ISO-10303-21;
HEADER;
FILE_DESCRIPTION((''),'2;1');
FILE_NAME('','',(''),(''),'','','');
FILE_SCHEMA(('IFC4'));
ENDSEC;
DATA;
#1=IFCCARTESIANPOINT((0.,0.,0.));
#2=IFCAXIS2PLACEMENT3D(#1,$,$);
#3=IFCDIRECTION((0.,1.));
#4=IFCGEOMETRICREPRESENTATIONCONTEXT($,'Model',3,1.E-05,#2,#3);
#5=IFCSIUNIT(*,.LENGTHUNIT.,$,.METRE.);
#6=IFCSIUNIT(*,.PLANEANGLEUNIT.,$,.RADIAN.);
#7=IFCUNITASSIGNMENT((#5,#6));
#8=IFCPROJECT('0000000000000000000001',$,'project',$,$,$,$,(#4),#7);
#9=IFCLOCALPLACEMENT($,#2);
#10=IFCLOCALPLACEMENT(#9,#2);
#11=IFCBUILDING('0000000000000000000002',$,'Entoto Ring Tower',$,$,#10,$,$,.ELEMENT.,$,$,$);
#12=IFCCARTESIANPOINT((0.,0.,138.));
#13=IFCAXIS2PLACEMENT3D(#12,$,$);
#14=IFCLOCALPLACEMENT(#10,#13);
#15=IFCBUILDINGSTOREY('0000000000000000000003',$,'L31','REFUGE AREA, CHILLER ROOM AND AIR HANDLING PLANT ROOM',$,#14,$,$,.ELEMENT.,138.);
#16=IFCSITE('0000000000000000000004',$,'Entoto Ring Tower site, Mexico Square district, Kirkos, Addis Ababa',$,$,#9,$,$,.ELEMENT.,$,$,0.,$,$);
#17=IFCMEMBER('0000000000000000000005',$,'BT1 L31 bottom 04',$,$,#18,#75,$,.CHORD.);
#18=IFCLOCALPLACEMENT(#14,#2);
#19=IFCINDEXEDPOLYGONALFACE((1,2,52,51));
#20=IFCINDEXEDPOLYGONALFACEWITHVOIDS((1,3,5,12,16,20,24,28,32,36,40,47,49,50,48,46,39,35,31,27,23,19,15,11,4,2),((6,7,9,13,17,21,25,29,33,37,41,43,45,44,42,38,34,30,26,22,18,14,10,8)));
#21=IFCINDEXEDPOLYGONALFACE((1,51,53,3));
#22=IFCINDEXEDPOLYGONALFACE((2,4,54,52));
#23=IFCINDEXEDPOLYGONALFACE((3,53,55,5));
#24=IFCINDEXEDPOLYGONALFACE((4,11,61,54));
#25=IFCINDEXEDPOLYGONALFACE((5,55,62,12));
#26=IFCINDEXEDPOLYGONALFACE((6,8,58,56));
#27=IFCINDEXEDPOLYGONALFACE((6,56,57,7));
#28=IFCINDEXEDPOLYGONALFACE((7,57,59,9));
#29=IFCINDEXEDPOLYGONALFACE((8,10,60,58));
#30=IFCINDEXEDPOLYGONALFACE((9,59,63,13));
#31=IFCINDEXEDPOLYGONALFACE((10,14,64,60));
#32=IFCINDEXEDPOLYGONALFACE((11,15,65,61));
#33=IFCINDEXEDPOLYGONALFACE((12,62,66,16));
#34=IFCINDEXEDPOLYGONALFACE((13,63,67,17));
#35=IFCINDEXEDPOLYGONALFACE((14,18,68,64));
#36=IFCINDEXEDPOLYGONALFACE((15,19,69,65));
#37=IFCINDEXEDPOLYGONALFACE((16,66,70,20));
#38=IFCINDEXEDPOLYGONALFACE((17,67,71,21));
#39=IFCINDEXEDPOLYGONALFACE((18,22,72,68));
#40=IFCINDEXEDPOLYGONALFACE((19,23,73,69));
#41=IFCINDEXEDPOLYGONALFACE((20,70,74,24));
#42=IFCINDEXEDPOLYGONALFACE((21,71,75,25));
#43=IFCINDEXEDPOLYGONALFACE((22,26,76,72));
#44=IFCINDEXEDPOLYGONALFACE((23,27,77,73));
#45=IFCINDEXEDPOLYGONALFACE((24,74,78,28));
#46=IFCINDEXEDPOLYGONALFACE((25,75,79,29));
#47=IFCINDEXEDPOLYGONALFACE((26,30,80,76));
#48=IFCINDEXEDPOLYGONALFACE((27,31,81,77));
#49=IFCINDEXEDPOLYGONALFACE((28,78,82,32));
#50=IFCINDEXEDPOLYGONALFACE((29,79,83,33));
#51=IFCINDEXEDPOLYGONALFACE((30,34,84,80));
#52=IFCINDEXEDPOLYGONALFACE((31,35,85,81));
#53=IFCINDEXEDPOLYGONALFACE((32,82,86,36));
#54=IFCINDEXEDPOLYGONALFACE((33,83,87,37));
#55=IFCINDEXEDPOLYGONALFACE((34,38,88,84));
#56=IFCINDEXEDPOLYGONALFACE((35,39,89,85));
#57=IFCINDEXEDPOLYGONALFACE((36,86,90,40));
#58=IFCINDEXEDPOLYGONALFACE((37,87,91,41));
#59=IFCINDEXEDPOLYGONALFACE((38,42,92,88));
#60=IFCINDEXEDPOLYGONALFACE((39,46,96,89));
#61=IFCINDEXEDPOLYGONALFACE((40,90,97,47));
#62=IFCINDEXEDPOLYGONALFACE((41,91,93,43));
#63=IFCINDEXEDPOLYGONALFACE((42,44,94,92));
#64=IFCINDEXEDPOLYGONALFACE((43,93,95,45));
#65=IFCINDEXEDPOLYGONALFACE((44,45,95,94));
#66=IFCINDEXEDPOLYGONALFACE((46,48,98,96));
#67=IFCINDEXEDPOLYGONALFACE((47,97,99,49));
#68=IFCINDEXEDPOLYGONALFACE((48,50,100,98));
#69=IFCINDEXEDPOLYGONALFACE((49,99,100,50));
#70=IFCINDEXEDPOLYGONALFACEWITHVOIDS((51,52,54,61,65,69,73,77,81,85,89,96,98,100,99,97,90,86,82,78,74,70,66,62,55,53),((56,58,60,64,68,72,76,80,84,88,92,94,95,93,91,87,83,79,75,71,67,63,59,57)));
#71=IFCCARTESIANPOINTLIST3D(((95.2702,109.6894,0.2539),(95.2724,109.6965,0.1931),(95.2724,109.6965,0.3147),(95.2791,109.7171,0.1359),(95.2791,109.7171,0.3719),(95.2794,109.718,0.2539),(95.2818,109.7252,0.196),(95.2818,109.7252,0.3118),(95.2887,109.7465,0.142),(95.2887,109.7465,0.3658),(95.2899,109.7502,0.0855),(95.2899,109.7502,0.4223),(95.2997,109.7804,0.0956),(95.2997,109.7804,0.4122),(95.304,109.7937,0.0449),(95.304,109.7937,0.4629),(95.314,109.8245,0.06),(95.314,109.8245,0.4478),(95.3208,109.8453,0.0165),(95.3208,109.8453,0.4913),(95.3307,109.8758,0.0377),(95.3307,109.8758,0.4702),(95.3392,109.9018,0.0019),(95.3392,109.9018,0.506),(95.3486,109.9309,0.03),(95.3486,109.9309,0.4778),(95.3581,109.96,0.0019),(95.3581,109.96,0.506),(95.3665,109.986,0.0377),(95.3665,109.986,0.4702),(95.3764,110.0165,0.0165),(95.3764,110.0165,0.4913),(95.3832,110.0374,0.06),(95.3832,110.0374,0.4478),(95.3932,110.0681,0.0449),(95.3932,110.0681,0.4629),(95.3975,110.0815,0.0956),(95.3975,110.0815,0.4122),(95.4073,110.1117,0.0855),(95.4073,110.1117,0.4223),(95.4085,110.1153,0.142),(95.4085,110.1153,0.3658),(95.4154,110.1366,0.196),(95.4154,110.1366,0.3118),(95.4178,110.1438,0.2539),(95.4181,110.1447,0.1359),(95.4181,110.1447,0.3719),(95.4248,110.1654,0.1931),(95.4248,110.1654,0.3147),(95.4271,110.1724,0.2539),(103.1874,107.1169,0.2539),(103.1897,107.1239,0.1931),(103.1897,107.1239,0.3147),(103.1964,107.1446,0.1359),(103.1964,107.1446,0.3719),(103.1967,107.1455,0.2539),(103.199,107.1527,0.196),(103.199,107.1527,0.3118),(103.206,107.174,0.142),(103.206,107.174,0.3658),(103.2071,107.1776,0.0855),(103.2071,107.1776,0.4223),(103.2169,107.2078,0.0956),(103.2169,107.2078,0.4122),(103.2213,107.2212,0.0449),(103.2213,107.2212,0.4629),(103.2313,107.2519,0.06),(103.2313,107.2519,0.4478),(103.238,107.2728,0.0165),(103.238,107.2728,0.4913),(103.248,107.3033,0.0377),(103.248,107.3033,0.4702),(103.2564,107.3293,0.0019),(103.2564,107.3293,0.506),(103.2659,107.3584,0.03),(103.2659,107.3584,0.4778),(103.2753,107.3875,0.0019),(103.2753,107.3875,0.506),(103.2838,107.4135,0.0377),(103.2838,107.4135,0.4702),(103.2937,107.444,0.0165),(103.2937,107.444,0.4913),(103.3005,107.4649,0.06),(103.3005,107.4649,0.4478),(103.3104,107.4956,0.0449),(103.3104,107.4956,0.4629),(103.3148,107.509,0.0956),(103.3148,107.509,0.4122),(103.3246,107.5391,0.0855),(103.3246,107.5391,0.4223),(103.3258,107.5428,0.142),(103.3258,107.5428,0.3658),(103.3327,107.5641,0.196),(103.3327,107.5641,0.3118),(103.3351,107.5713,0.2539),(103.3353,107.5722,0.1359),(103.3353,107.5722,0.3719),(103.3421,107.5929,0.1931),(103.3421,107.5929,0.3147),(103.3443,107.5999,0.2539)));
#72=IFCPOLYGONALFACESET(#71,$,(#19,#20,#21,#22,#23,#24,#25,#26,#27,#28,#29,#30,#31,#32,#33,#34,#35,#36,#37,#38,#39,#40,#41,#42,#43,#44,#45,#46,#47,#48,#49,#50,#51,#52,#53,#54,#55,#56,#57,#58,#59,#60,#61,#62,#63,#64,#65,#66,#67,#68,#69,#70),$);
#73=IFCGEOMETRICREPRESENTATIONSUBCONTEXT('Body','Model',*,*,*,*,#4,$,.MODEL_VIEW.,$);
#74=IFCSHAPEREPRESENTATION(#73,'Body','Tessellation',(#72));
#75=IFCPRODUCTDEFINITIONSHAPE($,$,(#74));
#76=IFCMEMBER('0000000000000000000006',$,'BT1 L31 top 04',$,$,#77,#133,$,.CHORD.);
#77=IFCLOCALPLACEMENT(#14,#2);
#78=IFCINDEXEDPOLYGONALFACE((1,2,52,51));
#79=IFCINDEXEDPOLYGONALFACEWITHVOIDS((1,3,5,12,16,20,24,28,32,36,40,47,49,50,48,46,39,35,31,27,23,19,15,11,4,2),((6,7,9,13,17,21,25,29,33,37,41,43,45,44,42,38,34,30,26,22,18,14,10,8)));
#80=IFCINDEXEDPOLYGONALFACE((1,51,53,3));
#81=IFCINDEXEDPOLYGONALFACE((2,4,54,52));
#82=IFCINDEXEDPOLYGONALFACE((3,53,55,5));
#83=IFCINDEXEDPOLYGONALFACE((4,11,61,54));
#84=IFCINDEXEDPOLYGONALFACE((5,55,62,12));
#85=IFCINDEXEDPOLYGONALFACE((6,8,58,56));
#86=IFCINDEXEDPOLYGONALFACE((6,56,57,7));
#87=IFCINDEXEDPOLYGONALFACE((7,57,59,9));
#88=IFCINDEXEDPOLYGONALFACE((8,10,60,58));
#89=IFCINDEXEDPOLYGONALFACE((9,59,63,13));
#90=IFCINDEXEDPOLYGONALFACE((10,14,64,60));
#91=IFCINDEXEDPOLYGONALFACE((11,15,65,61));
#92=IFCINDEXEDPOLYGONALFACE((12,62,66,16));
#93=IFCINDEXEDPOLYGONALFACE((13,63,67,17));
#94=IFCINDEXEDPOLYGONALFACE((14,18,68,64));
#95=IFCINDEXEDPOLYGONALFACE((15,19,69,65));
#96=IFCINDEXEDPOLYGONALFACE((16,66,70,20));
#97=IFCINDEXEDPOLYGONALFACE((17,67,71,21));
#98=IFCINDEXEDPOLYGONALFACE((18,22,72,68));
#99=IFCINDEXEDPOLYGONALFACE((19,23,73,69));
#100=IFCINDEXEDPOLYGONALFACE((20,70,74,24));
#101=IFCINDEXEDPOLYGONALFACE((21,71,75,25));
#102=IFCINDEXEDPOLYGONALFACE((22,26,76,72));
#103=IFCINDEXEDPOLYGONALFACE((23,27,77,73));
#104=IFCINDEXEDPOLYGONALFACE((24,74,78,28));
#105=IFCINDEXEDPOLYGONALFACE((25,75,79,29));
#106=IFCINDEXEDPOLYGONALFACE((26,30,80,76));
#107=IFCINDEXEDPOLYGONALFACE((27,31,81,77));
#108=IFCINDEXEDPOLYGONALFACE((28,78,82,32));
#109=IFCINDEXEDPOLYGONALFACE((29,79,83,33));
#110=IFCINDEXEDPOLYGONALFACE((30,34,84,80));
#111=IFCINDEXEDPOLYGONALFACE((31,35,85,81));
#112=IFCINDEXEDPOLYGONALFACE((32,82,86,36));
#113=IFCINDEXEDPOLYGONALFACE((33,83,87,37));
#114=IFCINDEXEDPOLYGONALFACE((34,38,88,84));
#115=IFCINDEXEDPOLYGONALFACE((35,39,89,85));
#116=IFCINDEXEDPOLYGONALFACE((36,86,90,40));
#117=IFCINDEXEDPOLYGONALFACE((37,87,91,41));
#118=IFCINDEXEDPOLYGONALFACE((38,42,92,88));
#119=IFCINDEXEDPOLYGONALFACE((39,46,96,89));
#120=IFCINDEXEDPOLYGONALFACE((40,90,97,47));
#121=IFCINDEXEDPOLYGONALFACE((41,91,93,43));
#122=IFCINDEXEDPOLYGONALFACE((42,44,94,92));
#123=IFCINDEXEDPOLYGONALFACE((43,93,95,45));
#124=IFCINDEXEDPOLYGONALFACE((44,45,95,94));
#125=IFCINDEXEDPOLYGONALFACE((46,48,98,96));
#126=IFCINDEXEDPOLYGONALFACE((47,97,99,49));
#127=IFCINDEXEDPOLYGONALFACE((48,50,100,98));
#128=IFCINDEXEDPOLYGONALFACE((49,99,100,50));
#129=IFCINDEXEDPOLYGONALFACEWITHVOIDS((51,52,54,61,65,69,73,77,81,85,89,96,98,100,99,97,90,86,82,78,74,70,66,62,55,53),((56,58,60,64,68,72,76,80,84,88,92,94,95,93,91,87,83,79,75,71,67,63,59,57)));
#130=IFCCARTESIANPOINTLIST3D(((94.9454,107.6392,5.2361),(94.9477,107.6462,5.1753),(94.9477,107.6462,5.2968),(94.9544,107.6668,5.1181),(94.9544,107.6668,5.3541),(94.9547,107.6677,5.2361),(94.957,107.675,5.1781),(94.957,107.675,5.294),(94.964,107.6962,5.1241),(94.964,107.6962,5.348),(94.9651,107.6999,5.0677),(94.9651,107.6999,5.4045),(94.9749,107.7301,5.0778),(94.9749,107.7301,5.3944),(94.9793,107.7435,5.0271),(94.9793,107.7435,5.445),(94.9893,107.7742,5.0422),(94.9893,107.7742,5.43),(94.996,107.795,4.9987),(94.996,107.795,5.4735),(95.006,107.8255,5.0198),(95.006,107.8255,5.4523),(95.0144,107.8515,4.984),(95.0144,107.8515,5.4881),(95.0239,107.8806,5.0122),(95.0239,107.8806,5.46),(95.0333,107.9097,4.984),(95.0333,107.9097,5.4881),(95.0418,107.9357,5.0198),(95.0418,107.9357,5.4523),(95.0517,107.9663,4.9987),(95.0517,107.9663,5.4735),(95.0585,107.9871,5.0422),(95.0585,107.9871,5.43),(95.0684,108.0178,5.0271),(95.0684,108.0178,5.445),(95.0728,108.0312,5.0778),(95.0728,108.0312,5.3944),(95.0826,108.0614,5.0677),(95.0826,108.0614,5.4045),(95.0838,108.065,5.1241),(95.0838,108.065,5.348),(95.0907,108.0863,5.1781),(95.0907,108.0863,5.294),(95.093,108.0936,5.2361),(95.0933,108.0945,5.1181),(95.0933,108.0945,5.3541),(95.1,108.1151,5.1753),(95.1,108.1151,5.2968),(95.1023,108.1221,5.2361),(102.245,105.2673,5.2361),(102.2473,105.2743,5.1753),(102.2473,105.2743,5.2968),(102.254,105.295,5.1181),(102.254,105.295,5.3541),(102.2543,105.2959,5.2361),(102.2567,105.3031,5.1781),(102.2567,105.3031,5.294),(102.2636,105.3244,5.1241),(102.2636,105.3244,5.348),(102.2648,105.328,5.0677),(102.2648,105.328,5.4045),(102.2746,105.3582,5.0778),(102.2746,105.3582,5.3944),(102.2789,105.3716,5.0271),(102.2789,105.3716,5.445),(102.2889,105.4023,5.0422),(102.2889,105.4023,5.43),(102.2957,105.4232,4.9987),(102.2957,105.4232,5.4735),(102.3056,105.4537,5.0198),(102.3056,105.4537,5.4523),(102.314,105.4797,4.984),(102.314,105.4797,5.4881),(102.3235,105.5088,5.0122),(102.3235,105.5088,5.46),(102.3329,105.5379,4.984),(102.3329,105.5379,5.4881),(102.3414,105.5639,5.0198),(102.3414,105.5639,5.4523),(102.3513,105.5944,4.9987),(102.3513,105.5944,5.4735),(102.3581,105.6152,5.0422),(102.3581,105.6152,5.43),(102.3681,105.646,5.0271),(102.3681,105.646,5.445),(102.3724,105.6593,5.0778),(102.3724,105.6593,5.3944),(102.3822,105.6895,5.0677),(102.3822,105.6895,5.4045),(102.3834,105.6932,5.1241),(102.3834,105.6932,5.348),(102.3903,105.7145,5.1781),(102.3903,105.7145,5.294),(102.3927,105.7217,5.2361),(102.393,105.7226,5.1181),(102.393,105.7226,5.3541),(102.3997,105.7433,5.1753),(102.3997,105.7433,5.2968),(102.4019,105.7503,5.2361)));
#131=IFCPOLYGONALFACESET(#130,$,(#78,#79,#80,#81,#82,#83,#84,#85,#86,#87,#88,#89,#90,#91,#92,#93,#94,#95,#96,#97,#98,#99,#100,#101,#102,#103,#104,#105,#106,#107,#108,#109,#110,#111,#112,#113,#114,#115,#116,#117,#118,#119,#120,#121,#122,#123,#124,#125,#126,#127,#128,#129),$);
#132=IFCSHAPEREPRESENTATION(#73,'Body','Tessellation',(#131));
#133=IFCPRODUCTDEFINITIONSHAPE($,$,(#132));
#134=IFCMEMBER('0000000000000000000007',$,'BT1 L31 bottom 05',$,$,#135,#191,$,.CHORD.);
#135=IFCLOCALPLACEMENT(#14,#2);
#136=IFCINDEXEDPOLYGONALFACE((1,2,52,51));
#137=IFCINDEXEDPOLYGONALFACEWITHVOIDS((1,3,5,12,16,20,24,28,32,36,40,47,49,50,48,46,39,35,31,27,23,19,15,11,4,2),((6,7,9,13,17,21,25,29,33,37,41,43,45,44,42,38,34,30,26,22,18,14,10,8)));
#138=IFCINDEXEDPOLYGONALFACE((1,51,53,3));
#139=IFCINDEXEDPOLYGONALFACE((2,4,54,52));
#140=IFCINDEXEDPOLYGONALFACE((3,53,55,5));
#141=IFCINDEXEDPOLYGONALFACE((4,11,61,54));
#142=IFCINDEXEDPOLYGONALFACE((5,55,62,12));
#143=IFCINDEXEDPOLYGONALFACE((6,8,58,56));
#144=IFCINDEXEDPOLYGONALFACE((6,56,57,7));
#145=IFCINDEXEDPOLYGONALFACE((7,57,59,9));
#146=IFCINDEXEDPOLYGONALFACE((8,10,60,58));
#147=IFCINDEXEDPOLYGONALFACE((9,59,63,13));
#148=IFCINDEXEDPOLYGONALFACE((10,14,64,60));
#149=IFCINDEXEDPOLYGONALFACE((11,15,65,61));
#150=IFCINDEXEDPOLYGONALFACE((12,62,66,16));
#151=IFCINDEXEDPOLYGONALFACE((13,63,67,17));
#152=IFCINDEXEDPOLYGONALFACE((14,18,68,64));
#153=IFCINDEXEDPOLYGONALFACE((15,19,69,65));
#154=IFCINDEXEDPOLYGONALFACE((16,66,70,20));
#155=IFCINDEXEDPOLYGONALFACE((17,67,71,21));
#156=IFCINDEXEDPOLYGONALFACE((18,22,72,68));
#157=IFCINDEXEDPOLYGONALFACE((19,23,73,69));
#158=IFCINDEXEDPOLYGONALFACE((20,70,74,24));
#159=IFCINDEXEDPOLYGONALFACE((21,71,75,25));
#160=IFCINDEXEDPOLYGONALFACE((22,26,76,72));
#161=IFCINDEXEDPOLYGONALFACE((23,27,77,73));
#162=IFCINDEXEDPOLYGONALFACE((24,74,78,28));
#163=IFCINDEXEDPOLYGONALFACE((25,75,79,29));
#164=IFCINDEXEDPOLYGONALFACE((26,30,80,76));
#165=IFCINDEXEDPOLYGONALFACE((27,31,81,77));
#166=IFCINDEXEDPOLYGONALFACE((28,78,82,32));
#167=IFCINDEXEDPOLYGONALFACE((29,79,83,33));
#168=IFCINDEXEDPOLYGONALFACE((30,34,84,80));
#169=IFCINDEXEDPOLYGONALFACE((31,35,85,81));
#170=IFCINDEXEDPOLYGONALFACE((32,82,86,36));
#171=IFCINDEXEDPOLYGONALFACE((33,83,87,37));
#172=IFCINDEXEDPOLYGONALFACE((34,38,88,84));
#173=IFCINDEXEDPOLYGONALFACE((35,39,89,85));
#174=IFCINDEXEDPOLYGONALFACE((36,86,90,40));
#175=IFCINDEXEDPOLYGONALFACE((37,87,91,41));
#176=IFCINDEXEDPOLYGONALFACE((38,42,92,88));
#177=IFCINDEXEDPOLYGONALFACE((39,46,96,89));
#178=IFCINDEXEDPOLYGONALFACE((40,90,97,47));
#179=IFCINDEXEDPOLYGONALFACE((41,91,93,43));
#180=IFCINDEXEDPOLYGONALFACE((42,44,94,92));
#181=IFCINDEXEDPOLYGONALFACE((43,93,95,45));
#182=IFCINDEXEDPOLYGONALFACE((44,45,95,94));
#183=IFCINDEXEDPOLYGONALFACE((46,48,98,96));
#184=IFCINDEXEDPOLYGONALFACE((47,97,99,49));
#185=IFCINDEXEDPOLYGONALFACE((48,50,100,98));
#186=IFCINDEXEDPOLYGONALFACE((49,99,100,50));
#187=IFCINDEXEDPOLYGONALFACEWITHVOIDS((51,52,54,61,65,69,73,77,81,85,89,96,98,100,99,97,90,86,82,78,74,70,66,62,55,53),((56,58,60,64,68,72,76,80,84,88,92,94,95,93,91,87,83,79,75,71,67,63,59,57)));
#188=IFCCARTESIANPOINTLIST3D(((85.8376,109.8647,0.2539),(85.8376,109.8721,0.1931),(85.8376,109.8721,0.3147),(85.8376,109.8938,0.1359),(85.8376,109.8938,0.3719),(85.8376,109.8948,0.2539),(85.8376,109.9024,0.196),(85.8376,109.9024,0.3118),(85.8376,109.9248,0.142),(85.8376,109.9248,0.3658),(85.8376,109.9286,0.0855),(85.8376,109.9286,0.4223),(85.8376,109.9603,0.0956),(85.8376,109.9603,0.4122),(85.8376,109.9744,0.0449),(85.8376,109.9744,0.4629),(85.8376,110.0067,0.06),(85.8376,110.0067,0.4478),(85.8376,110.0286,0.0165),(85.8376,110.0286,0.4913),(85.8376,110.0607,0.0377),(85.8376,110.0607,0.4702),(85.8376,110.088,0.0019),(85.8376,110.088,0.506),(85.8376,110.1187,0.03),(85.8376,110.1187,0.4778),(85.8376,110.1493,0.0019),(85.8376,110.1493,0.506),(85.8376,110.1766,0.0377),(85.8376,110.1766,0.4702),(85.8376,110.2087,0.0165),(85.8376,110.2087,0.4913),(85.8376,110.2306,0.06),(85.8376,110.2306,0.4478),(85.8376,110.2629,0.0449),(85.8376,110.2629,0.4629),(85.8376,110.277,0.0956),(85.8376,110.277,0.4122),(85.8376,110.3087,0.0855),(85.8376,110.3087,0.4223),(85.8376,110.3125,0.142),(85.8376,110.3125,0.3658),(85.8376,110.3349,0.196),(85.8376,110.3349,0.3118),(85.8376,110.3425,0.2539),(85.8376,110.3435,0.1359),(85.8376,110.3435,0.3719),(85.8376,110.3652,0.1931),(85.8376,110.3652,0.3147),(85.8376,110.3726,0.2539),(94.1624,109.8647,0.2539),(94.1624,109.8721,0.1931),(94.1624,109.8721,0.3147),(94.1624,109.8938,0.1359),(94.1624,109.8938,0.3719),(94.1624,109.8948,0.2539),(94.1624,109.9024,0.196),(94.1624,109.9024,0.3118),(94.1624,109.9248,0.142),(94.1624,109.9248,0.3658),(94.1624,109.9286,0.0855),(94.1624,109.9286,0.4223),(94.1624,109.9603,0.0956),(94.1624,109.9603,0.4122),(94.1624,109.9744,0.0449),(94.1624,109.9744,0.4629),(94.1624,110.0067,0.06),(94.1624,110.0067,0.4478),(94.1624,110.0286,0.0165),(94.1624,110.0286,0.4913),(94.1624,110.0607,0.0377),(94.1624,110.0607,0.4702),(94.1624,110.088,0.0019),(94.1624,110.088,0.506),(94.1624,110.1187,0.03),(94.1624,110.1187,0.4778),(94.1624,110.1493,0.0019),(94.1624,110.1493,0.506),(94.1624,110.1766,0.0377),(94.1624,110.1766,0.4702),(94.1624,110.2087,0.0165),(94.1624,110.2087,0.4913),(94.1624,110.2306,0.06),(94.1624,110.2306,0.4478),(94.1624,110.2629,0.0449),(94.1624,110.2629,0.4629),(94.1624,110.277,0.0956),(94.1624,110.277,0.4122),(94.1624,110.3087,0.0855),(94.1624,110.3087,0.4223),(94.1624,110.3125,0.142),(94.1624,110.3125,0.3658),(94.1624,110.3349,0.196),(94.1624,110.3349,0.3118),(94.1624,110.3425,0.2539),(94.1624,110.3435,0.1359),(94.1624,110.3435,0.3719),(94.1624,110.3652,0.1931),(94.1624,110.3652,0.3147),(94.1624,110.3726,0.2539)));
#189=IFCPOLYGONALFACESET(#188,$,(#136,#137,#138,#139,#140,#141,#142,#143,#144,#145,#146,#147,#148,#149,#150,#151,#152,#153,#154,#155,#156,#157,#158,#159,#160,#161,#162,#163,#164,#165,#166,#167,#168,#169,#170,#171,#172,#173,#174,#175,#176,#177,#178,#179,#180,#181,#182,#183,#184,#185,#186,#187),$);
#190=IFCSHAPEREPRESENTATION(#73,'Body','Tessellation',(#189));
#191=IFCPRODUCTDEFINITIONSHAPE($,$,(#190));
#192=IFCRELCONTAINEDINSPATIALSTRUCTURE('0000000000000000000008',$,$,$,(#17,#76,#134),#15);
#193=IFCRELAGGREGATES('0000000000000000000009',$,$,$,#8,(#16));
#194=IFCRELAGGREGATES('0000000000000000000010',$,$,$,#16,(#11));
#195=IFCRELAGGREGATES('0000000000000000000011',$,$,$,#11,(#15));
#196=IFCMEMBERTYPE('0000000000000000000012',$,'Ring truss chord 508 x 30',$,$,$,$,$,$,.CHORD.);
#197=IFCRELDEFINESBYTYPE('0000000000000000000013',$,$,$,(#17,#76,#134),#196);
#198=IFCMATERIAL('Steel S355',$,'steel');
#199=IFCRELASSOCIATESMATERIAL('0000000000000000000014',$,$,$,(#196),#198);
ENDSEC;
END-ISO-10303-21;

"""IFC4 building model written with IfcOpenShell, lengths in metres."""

from ifc_helpers import new_model, si_unit, direction, frame, origin, origin_2d, place, context, subcontext, project, spatial, circle, hollow_circle, extrude, material, material_profile, profile_set, type_object, element, save


model = new_model("IFC4")

# Units and contexts
model_context = context("Model", 3, precision=1e-05, world=origin(), true_north=direction((0.0, 1.0)))
body_context = subcontext(model_context, "Body", "Model", "MODEL_VIEW")
ifc_project = project(units=[si_unit("LENGTHUNIT", "METRE"), si_unit("PLANEANGLEUNIT", "RADIAN")], contexts=[model_context])

# Site, building, storey
site_placement = place(None, origin())
site = spatial("IfcSite", under=ifc_project, at=site_placement, Name="Entoto Ring Tower site, Mexico Square district, Kirkos, Addis Ababa", CompositionType="ELEMENT", RefElevation=0.0)
building_placement = place(site_placement, origin())
building = spatial("IfcBuilding", under=site, at=building_placement, Name="Entoto Ring Tower", CompositionType="ELEMENT")
storey_placement = place(building_placement, frame((0.0, 0.0, 138.0)))
storey = spatial("IfcBuildingStorey", under=building, at=storey_placement, Name="L31", Description="REFUGE AREA, CHILLER ROOM AND AIR HANDLING PLANT ROOM", CompositionType="ELEMENT", Elevation=138.0)

# Members
ifc_material_1 = material(Name="Steel S355", Category="steel")
ifc_material_profile_1 = material_profile(ifc_material_1, hollow_circle(Radius=0.2539, WallThickness=0.03, at=origin_2d()), Name="CHS 508 x 30")
ifc_material_2 = material(Name="Concrete C60/75", Category="concrete")
ifc_material_profile_2 = material_profile(ifc_material_2, circle(Radius=0.2241, at=origin_2d()), Name="Concrete C60/75 infill")
ifc_profile_set_1 = profile_set([ifc_material_profile_1, ifc_material_profile_2], Name="Steel S355")
member_type_1 = type_object("IfcMemberType", Name="Ring truss chord 508 x 30", PredefinedType="CHORD", material=ifc_profile_set_1)
member_1_placement = place(storey_placement, frame((103.2659, 107.3584, 0.2539), z_axis=(-0.951055, 0.309022, 0.0), x_axis=(-0.309022, -0.951055, 0.0)))
element("IfcMember", 1, at=member_1_placement, inside=storey, type_object=member_type_1, Name="BT1 L31 bottom 04", PredefinedType="CHORD", context=body_context, shape_type="SweptSolid", body=[
    extrude(hollow_circle(Radius=0.2539, WallThickness=0.03, at=origin_2d()), origin(), (0.0, 0.0, 1.0), 8.3247),
])
member_2_placement = place(storey_placement, frame((102.3235, 105.5088, 5.2361), z_axis=(-0.951054, 0.309023, 0.0), x_axis=(-0.309023, -0.951054, 0.0)))
element("IfcMember", 2, at=member_2_placement, inside=storey, type_object=member_type_1, Name="BT1 L31 top 04", PredefinedType="CHORD", context=body_context, shape_type="SweptSolid", body=[
    extrude(hollow_circle(Radius=0.2539, WallThickness=0.03, at=origin_2d()), origin(), (0.0, 0.0, 1.0), 7.6753),
])
member_3_placement = place(storey_placement, frame((94.1624, 110.1187, 0.2539), z_axis=(-1.0, 0.0, 0.0), x_axis=(0.0, -1.0, 0.0)))
element("IfcMember", 3, at=member_3_placement, inside=storey, type_object=member_type_1, Name="BT1 L31 bottom 05", PredefinedType="CHORD", context=body_context, shape_type="SweptSolid", body=[
    extrude(hollow_circle(Radius=0.2539, WallThickness=0.03, at=origin_2d()), origin(), (0.0, 0.0, 1.0), 8.3247),
])

save(model, "model.ifc")
